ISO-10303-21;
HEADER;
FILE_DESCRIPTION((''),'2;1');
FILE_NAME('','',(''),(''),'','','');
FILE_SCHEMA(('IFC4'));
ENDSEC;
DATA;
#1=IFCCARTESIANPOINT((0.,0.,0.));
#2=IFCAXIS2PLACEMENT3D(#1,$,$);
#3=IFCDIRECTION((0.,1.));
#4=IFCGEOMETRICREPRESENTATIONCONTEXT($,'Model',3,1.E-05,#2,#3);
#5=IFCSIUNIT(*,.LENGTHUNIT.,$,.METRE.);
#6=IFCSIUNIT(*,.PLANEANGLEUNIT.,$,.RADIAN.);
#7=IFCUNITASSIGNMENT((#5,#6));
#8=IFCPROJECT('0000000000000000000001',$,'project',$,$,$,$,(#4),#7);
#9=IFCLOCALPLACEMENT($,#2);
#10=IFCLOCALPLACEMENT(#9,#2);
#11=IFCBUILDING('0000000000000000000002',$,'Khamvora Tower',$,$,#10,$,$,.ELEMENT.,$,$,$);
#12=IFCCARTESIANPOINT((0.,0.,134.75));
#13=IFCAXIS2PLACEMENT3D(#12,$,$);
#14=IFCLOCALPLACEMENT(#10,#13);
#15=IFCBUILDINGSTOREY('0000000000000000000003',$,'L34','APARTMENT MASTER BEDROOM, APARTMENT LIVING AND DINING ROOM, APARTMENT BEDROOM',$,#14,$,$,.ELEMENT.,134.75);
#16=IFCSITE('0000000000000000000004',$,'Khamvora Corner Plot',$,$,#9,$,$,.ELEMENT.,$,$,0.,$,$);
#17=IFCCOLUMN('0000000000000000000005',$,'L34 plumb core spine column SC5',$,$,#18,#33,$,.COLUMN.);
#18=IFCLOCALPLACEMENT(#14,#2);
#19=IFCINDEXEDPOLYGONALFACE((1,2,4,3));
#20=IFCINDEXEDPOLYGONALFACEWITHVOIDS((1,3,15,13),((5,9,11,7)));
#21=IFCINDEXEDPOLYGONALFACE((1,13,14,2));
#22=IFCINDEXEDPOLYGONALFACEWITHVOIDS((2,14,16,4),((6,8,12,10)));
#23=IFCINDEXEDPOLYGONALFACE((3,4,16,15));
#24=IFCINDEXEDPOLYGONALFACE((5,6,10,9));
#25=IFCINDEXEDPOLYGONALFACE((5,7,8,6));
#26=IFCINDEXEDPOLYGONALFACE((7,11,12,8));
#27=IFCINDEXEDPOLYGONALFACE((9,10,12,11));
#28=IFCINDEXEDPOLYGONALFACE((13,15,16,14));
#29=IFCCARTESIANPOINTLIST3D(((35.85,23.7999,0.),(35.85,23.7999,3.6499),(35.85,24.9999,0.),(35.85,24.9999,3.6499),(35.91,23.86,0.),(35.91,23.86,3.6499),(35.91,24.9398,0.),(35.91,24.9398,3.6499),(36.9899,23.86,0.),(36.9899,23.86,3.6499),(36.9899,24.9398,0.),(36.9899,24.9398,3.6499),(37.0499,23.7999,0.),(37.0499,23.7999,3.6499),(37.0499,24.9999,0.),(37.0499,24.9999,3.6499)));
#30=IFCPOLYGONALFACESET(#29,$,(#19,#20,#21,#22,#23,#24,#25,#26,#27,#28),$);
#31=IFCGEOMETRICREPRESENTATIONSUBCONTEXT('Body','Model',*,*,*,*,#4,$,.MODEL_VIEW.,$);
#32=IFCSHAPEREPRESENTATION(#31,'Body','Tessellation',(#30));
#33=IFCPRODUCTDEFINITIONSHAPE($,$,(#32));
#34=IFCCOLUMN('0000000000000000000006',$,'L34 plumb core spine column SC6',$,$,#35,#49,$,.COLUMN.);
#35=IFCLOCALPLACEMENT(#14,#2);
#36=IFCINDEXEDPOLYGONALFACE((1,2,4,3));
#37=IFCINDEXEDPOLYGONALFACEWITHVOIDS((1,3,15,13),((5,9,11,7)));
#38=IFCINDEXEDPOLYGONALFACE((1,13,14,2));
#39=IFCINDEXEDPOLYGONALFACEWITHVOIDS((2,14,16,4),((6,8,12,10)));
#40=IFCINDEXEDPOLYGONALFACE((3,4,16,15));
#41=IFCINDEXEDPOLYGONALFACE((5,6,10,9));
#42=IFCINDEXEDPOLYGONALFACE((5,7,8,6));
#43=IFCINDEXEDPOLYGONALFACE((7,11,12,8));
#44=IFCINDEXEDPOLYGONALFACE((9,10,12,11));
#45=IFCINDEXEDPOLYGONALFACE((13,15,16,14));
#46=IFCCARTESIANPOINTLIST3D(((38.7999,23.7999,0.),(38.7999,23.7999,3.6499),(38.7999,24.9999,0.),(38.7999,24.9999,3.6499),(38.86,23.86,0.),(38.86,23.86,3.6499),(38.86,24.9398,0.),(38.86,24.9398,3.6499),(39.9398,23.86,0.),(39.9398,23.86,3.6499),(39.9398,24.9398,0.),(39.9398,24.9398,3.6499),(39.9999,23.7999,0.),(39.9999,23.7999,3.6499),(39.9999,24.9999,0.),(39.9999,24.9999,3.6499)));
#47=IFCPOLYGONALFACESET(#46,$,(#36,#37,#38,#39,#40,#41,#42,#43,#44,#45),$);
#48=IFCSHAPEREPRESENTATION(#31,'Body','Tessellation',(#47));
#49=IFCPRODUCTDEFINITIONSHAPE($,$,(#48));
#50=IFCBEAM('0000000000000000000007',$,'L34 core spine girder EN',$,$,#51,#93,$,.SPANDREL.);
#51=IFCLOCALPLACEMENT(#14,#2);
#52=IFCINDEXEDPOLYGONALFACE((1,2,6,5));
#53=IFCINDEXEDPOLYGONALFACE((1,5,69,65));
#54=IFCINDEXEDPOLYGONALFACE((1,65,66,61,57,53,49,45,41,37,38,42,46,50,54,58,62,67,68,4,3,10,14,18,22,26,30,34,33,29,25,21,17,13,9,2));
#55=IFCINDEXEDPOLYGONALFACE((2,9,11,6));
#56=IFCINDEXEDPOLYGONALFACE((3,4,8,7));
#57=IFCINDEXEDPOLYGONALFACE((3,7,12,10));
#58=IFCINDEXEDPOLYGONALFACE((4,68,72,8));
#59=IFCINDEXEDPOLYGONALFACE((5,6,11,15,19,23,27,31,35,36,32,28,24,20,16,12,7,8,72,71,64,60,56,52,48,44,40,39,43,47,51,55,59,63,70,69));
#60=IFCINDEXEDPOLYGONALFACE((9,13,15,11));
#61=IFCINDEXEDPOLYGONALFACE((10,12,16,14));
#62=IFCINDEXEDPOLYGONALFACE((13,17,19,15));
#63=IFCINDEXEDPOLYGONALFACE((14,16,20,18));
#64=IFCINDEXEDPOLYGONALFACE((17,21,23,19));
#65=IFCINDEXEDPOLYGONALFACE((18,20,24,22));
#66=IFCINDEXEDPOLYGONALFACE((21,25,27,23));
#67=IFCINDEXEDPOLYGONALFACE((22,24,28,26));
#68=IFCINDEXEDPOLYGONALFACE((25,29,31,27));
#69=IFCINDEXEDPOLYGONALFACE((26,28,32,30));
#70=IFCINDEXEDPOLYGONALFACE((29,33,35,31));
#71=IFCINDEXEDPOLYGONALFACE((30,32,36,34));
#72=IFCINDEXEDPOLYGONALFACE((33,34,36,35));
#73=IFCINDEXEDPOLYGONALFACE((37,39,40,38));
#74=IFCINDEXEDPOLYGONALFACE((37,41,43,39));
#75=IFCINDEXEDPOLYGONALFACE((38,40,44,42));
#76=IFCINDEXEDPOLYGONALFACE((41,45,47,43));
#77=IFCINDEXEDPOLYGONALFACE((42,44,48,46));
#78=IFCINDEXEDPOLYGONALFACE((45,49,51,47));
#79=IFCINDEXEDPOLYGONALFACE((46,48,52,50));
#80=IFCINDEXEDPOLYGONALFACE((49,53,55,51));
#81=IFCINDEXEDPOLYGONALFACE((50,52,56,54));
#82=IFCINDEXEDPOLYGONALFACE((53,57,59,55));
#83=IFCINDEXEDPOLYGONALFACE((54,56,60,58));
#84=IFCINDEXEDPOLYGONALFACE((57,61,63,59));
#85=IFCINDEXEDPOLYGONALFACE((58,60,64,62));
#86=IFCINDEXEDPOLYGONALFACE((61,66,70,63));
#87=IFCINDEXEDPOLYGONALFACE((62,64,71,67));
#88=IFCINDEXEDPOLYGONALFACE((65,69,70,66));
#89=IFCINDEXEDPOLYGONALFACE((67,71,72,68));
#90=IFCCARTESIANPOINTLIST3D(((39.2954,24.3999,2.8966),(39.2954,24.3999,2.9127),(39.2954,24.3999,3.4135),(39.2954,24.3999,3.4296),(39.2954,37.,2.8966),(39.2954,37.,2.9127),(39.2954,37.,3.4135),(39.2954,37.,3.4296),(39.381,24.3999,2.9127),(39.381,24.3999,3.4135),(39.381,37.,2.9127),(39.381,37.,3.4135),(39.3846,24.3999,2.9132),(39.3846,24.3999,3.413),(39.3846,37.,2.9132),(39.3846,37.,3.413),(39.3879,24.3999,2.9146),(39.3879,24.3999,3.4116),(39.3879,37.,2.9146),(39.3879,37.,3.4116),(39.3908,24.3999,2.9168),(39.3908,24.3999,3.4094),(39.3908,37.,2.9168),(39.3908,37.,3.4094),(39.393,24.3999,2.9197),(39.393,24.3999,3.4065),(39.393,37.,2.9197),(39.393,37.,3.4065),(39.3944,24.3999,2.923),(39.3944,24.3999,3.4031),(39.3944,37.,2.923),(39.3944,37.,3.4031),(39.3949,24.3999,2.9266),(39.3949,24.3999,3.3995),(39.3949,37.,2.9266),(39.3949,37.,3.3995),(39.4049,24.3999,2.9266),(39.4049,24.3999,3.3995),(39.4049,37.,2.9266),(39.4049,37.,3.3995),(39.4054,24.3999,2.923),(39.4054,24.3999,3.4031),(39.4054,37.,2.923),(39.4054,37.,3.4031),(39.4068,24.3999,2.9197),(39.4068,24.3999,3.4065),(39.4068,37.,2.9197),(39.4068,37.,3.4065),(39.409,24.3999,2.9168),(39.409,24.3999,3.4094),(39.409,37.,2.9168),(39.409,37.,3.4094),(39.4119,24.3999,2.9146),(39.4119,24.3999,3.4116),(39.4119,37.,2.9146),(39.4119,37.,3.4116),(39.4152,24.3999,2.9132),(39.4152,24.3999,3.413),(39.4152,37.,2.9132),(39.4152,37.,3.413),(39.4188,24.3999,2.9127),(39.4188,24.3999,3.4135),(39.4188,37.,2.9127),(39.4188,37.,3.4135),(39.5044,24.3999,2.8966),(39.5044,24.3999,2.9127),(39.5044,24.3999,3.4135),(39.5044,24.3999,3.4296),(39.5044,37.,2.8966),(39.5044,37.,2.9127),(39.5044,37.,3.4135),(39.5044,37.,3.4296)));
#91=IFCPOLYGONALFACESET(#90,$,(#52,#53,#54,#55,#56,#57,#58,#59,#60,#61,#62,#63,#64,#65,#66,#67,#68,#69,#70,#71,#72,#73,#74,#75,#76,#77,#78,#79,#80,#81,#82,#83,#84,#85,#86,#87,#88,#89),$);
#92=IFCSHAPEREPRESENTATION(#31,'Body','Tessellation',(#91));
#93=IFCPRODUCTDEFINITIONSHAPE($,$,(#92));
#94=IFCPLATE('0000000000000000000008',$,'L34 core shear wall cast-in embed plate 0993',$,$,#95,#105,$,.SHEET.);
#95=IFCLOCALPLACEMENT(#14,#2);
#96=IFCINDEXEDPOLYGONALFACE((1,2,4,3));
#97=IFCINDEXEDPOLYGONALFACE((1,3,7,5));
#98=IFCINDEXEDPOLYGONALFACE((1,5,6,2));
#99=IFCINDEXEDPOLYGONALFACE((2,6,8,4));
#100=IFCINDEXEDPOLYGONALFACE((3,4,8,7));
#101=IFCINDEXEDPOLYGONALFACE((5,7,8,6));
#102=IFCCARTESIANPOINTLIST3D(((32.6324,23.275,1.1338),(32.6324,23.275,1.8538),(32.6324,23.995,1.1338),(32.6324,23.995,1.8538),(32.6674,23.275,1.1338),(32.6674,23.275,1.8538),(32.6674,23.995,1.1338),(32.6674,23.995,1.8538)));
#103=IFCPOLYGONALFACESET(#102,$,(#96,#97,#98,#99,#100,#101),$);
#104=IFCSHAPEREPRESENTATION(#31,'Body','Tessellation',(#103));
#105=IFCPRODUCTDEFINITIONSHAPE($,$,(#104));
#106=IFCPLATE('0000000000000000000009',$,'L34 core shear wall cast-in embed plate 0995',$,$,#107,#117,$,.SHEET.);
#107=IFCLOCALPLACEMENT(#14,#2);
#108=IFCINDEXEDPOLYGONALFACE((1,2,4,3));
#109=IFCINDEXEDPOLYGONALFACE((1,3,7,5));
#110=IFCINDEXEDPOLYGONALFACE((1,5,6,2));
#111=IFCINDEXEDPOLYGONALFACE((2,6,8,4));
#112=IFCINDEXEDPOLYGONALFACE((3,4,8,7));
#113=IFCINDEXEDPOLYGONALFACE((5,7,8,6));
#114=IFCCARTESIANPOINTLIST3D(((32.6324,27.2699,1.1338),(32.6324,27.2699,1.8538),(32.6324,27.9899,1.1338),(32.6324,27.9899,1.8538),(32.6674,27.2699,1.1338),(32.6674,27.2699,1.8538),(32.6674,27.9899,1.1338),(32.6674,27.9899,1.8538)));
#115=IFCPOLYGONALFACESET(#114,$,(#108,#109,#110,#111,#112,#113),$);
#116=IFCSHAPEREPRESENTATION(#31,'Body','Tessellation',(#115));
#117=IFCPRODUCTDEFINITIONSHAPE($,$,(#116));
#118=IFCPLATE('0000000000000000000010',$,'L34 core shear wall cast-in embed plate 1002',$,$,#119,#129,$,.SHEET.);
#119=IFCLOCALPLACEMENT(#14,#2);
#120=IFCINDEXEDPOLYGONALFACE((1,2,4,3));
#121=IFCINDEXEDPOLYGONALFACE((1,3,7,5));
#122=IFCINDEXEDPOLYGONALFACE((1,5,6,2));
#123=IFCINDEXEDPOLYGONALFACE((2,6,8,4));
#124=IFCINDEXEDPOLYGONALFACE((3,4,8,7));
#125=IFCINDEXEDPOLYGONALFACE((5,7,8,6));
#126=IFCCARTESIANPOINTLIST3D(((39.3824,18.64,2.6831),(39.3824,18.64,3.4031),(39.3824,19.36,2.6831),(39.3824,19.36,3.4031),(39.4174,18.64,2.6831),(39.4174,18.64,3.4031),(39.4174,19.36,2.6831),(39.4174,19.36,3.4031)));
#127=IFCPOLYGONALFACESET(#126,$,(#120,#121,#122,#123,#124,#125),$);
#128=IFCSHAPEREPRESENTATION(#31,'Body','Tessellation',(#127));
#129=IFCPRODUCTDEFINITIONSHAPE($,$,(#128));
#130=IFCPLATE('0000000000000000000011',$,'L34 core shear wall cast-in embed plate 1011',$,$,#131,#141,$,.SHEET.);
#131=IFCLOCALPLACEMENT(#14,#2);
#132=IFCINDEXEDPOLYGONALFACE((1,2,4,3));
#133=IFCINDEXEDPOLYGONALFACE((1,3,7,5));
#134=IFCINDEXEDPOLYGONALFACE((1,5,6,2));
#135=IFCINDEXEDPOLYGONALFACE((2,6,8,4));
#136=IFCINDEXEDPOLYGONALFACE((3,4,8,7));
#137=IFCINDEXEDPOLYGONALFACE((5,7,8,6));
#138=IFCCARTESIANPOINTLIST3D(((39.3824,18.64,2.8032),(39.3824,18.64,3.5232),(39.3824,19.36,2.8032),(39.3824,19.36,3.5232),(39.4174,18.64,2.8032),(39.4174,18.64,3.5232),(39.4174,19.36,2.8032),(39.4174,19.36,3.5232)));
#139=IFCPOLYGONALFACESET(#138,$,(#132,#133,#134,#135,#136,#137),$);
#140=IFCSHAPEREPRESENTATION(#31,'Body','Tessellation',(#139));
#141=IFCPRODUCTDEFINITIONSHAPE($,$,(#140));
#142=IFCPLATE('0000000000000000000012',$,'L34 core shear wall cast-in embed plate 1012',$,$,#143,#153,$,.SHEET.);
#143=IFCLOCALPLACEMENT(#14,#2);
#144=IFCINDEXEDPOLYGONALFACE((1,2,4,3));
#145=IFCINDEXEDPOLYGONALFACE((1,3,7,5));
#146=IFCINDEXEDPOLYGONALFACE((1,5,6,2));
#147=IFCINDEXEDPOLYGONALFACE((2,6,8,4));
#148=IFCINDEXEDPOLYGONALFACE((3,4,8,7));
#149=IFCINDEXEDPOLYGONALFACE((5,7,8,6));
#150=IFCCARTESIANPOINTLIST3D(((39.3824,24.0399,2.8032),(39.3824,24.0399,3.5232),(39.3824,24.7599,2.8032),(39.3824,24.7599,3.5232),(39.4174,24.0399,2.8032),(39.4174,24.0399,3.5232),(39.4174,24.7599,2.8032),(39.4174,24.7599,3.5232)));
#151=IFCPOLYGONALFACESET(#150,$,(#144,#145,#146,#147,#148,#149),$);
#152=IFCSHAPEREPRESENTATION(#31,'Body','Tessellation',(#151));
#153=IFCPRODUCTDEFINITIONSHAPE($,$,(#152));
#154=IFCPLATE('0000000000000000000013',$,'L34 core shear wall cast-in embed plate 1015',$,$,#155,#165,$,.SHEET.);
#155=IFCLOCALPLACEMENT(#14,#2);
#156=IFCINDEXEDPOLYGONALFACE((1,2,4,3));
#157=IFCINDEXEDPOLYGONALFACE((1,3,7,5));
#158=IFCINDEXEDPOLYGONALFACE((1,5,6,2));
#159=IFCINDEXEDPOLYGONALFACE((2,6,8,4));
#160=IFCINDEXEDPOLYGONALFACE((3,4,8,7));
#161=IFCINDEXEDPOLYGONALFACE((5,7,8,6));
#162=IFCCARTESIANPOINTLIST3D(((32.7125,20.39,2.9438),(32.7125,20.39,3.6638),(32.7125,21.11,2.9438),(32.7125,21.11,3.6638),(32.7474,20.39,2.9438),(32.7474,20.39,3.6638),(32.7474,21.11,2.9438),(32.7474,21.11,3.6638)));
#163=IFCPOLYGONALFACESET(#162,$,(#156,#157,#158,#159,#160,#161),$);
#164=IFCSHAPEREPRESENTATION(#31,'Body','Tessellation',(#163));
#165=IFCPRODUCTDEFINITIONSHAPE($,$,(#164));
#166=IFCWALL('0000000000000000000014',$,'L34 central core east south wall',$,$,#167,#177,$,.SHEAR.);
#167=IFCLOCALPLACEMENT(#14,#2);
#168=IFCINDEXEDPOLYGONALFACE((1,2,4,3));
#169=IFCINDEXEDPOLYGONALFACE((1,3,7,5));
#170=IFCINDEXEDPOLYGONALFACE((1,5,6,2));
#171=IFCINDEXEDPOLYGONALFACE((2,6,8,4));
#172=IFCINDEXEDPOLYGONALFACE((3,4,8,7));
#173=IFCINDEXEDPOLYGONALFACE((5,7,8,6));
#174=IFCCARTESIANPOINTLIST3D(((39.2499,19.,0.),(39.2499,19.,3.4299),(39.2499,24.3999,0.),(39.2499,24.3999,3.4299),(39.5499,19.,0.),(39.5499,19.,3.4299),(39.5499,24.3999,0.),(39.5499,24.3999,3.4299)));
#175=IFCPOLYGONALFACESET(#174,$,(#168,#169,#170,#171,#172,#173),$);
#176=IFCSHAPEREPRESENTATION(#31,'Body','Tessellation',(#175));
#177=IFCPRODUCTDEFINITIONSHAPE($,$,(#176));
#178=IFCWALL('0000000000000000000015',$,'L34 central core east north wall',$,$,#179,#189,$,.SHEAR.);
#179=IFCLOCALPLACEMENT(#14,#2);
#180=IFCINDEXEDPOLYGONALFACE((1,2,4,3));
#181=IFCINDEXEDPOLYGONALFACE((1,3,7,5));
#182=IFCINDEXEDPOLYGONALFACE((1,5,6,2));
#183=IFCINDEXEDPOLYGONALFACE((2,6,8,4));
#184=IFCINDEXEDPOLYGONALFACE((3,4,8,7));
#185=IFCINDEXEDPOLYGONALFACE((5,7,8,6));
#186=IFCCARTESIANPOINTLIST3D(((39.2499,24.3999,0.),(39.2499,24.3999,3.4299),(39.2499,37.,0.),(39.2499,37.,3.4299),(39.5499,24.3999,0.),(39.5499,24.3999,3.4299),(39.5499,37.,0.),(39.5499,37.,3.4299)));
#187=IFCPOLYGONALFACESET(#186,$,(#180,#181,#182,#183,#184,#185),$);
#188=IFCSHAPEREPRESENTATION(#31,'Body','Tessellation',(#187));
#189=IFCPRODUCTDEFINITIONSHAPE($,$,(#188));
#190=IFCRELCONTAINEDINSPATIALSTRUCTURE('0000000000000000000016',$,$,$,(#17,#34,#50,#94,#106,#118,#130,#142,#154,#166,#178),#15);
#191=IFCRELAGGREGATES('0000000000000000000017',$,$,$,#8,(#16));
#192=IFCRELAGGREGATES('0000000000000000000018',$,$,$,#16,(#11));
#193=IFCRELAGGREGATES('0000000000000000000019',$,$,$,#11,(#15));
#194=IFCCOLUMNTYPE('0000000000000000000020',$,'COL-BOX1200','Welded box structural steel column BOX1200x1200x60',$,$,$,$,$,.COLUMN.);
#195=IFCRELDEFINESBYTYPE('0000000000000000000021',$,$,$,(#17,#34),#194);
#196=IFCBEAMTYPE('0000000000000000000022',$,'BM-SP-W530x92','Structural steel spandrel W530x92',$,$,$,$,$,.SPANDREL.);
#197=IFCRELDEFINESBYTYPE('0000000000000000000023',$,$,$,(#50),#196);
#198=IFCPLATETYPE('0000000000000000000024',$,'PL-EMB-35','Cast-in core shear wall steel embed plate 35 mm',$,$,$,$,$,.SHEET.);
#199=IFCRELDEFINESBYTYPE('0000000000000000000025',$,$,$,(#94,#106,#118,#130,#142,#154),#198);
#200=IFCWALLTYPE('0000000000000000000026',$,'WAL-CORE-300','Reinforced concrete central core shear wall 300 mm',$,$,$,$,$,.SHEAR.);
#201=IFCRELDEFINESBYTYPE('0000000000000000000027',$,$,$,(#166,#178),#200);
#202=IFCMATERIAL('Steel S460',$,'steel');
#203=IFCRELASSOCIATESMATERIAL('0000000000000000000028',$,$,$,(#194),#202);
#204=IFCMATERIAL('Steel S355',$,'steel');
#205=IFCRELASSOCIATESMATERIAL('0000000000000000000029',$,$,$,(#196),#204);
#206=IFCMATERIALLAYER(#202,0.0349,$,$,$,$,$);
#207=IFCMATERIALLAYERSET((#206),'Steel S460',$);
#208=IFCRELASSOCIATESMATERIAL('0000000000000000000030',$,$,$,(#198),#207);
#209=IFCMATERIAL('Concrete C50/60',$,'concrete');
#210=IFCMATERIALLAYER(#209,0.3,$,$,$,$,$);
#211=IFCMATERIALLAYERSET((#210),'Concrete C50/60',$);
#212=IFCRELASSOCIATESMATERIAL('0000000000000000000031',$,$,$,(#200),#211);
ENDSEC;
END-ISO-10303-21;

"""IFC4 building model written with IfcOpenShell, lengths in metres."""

from ifc_helpers import new_model, si_unit, direction, frame, frame_2d, origin, origin_2d, place, context, subcontext, project, spatial, rectangle, hollow_rectangle, i_section, extrude, material, layer, layer_set, material_profile, profile_set, type_object, element, save


model = new_model("IFC4")

# Units and contexts
model_context = context("Model", 3, precision=1e-05, world=origin(), true_north=direction((0.0, 1.0)))
body_context = subcontext(model_context, "Body", "Model", "MODEL_VIEW")
ifc_project = project(units=[si_unit("LENGTHUNIT", "METRE"), si_unit("PLANEANGLEUNIT", "RADIAN")], contexts=[model_context])

# Site, building, storey
site_placement = place(None, origin())
site = spatial("IfcSite", under=ifc_project, at=site_placement, Name="Khamvora Corner Plot", CompositionType="ELEMENT", RefElevation=0.0)
building_placement = place(site_placement, origin())
building = spatial("IfcBuilding", under=site, at=building_placement, Name="Khamvora Tower", CompositionType="ELEMENT")
storey_placement = place(building_placement, frame((0.0, 0.0, 134.75)))
storey = spatial("IfcBuildingStorey", under=building, at=storey_placement, Name="L34", Description="APARTMENT MASTER BEDROOM, APARTMENT LIVING AND DINING ROOM, APARTMENT BEDROOM", CompositionType="ELEMENT", Elevation=134.75)

# Columns
ifc_material_1 = material(Name="Steel S460", Category="steel")
ifc_material_profile_1 = material_profile(ifc_material_1, hollow_rectangle(XDim=1.2, YDim=1.2, WallThickness=0.0601, at=origin_2d()), Name="BOX1200x1200x60")
ifc_profile_set_1 = profile_set([ifc_material_profile_1], Name="Steel S460")
column_type = type_object("IfcColumnType", Name="COL-BOX1200", Description="Welded box structural steel column BOX1200x1200x60", PredefinedType="COLUMN", material=ifc_profile_set_1)
for number, where, z_axis, x_axis, name in (
    (1, (36.45, 24.3999, 0.0), (0.0, 0.0, 1.0), (1.0, 0.0, 0.0), "L34 plumb core spine column SC5"),
    (2, (39.3999, 24.3999, 0.0), (0.0, 0.0, 1.0), (1.0, 0.0, 0.0), "L34 plumb core spine column SC6"),
):
    element("IfcColumn", number, at=place(storey_placement, frame(where, z_axis=z_axis, x_axis=x_axis)), inside=storey, type_object=column_type, Name=name, PredefinedType="COLUMN", context=body_context, shape_type="SweptSolid", body=[
        extrude(hollow_rectangle(XDim=1.2, YDim=1.2, WallThickness=0.0601, at=origin_2d()), origin(), (0.0, 0.0, 1.0), 3.6499),
    ])

# Beam
ifc_material_2 = material(Name="Steel S355", Category="steel")
ifc_material_profile_2 = material_profile(ifc_material_2, i_section(OverallWidth=0.209, OverallDepth=0.533, WebThickness=0.01, FlangeThickness=0.0161, FilletRadius=0.0139, at=origin_2d()), Name="W530x92")
ifc_profile_set_2 = profile_set([ifc_material_profile_2], Name="Steel S355")
beam_type = type_object("IfcBeamType", Name="BM-SP-W530x92", Description="Structural steel spandrel W530x92", PredefinedType="SPANDREL", material=ifc_profile_set_2)
beam_placement = place(storey_placement, frame((39.3999, 24.3999, 3.1631), z_axis=(0.0, 1.0, 0.0), x_axis=(-1.0, 0.0, 0.0)))
element("IfcBeam", 3, at=beam_placement, inside=storey, type_object=beam_type, Name="L34 core spine girder EN", PredefinedType="SPANDREL", context=body_context, shape_type="SweptSolid", body=[
    extrude(i_section(OverallWidth=0.209, OverallDepth=0.533, WebThickness=0.01, FlangeThickness=0.0161, FilletRadius=0.0139, at=origin_2d()), origin(), (0.0, 0.0, 1.0), 12.6001),
])

# Plates
ifc_layer_1 = layer(ifc_material_1, 0.0349)
ifc_layer_set_1 = layer_set([ifc_layer_1], Name="Steel S460")
plate_type = type_object("IfcPlateType", Name="PL-EMB-35", Description="Cast-in core shear wall steel embed plate 35 mm", PredefinedType="SHEET", material=ifc_layer_set_1)
for number, where, z_axis, x_axis, name in (
    (4, (32.6499, 23.635, 1.1338), (0.0, 0.0, 1.0), (1.0, 0.0, 0.0), "L34 core shear wall cast-in embed plate 0993"),
    (5, (32.6499, 27.6299, 1.1338), (0.0, 0.0, 1.0), (1.0, 0.0, 0.0), "L34 core shear wall cast-in embed plate 0995"),
    (6, (39.3999, 19.0, 2.6831), (0.0, 0.0, 1.0), (1.0, 0.0, 0.0), "L34 core shear wall cast-in embed plate 1002"),
    (7, (39.3999, 19.0, 2.8032), (0.0, 0.0, 1.0), (1.0, 0.0, 0.0), "L34 core shear wall cast-in embed plate 1011"),
    (8, (39.3999, 24.3999, 2.8032), (0.0, 0.0, 1.0), (1.0, 0.0, 0.0), "L34 core shear wall cast-in embed plate 1012"),
    (9, (32.73, 20.75, 2.9438), (0.0, 0.0, 1.0), (1.0, 0.0, 0.0), "L34 core shear wall cast-in embed plate 1015"),
):
    element("IfcPlate", number, at=place(storey_placement, frame(where, z_axis=z_axis, x_axis=x_axis)), inside=storey, type_object=plate_type, Name=name, PredefinedType="SHEET", context=body_context, shape_type="SweptSolid", body=[
        extrude(rectangle(XDim=0.0349, YDim=0.72, at=origin_2d()), origin(), (0.0, 0.0, 1.0), 0.72),
    ])

# Walls
ifc_material_3 = material(Name="Concrete C50/60", Category="concrete")
ifc_layer_2 = layer(ifc_material_3, 0.3)
ifc_layer_set_2 = layer_set([ifc_layer_2], Name="Concrete C50/60")
wall_type_1 = type_object("IfcWallType", Name="WAL-CORE-300", Description="Reinforced concrete central core shear wall 300 mm", PredefinedType="SHEAR", material=ifc_layer_set_2)
wall_1_placement = place(storey_placement, frame((39.3999, 19.0, 0.0), z_axis=(0.0, 0.0, 1.0), x_axis=(0.0, 1.0, 0.0)))
element("IfcWall", 10, at=wall_1_placement, inside=storey, type_object=wall_type_1, Name="L34 central core east south wall", PredefinedType="SHEAR", context=body_context, shape_type="SweptSolid", body=[
    extrude(rectangle(XDim=5.3999, YDim=0.3, at=frame_2d((2.7, 0.0))), origin(), (0.0, 0.0, 1.0), 3.4299),
])
wall_2_placement = place(storey_placement, frame((39.3999, 24.3999, 0.0), z_axis=(0.0, 0.0, 1.0), x_axis=(0.0, 1.0, 0.0)))
element("IfcWall", 11, at=wall_2_placement, inside=storey, type_object=wall_type_1, Name="L34 central core east north wall", PredefinedType="SHEAR", context=body_context, shape_type="SweptSolid", body=[
    extrude(rectangle(XDim=12.6001, YDim=0.3, at=frame_2d((6.3, 0.0))), origin(), (0.0, 0.0, 1.0), 3.4299),
])

save(model, "model.ifc")
